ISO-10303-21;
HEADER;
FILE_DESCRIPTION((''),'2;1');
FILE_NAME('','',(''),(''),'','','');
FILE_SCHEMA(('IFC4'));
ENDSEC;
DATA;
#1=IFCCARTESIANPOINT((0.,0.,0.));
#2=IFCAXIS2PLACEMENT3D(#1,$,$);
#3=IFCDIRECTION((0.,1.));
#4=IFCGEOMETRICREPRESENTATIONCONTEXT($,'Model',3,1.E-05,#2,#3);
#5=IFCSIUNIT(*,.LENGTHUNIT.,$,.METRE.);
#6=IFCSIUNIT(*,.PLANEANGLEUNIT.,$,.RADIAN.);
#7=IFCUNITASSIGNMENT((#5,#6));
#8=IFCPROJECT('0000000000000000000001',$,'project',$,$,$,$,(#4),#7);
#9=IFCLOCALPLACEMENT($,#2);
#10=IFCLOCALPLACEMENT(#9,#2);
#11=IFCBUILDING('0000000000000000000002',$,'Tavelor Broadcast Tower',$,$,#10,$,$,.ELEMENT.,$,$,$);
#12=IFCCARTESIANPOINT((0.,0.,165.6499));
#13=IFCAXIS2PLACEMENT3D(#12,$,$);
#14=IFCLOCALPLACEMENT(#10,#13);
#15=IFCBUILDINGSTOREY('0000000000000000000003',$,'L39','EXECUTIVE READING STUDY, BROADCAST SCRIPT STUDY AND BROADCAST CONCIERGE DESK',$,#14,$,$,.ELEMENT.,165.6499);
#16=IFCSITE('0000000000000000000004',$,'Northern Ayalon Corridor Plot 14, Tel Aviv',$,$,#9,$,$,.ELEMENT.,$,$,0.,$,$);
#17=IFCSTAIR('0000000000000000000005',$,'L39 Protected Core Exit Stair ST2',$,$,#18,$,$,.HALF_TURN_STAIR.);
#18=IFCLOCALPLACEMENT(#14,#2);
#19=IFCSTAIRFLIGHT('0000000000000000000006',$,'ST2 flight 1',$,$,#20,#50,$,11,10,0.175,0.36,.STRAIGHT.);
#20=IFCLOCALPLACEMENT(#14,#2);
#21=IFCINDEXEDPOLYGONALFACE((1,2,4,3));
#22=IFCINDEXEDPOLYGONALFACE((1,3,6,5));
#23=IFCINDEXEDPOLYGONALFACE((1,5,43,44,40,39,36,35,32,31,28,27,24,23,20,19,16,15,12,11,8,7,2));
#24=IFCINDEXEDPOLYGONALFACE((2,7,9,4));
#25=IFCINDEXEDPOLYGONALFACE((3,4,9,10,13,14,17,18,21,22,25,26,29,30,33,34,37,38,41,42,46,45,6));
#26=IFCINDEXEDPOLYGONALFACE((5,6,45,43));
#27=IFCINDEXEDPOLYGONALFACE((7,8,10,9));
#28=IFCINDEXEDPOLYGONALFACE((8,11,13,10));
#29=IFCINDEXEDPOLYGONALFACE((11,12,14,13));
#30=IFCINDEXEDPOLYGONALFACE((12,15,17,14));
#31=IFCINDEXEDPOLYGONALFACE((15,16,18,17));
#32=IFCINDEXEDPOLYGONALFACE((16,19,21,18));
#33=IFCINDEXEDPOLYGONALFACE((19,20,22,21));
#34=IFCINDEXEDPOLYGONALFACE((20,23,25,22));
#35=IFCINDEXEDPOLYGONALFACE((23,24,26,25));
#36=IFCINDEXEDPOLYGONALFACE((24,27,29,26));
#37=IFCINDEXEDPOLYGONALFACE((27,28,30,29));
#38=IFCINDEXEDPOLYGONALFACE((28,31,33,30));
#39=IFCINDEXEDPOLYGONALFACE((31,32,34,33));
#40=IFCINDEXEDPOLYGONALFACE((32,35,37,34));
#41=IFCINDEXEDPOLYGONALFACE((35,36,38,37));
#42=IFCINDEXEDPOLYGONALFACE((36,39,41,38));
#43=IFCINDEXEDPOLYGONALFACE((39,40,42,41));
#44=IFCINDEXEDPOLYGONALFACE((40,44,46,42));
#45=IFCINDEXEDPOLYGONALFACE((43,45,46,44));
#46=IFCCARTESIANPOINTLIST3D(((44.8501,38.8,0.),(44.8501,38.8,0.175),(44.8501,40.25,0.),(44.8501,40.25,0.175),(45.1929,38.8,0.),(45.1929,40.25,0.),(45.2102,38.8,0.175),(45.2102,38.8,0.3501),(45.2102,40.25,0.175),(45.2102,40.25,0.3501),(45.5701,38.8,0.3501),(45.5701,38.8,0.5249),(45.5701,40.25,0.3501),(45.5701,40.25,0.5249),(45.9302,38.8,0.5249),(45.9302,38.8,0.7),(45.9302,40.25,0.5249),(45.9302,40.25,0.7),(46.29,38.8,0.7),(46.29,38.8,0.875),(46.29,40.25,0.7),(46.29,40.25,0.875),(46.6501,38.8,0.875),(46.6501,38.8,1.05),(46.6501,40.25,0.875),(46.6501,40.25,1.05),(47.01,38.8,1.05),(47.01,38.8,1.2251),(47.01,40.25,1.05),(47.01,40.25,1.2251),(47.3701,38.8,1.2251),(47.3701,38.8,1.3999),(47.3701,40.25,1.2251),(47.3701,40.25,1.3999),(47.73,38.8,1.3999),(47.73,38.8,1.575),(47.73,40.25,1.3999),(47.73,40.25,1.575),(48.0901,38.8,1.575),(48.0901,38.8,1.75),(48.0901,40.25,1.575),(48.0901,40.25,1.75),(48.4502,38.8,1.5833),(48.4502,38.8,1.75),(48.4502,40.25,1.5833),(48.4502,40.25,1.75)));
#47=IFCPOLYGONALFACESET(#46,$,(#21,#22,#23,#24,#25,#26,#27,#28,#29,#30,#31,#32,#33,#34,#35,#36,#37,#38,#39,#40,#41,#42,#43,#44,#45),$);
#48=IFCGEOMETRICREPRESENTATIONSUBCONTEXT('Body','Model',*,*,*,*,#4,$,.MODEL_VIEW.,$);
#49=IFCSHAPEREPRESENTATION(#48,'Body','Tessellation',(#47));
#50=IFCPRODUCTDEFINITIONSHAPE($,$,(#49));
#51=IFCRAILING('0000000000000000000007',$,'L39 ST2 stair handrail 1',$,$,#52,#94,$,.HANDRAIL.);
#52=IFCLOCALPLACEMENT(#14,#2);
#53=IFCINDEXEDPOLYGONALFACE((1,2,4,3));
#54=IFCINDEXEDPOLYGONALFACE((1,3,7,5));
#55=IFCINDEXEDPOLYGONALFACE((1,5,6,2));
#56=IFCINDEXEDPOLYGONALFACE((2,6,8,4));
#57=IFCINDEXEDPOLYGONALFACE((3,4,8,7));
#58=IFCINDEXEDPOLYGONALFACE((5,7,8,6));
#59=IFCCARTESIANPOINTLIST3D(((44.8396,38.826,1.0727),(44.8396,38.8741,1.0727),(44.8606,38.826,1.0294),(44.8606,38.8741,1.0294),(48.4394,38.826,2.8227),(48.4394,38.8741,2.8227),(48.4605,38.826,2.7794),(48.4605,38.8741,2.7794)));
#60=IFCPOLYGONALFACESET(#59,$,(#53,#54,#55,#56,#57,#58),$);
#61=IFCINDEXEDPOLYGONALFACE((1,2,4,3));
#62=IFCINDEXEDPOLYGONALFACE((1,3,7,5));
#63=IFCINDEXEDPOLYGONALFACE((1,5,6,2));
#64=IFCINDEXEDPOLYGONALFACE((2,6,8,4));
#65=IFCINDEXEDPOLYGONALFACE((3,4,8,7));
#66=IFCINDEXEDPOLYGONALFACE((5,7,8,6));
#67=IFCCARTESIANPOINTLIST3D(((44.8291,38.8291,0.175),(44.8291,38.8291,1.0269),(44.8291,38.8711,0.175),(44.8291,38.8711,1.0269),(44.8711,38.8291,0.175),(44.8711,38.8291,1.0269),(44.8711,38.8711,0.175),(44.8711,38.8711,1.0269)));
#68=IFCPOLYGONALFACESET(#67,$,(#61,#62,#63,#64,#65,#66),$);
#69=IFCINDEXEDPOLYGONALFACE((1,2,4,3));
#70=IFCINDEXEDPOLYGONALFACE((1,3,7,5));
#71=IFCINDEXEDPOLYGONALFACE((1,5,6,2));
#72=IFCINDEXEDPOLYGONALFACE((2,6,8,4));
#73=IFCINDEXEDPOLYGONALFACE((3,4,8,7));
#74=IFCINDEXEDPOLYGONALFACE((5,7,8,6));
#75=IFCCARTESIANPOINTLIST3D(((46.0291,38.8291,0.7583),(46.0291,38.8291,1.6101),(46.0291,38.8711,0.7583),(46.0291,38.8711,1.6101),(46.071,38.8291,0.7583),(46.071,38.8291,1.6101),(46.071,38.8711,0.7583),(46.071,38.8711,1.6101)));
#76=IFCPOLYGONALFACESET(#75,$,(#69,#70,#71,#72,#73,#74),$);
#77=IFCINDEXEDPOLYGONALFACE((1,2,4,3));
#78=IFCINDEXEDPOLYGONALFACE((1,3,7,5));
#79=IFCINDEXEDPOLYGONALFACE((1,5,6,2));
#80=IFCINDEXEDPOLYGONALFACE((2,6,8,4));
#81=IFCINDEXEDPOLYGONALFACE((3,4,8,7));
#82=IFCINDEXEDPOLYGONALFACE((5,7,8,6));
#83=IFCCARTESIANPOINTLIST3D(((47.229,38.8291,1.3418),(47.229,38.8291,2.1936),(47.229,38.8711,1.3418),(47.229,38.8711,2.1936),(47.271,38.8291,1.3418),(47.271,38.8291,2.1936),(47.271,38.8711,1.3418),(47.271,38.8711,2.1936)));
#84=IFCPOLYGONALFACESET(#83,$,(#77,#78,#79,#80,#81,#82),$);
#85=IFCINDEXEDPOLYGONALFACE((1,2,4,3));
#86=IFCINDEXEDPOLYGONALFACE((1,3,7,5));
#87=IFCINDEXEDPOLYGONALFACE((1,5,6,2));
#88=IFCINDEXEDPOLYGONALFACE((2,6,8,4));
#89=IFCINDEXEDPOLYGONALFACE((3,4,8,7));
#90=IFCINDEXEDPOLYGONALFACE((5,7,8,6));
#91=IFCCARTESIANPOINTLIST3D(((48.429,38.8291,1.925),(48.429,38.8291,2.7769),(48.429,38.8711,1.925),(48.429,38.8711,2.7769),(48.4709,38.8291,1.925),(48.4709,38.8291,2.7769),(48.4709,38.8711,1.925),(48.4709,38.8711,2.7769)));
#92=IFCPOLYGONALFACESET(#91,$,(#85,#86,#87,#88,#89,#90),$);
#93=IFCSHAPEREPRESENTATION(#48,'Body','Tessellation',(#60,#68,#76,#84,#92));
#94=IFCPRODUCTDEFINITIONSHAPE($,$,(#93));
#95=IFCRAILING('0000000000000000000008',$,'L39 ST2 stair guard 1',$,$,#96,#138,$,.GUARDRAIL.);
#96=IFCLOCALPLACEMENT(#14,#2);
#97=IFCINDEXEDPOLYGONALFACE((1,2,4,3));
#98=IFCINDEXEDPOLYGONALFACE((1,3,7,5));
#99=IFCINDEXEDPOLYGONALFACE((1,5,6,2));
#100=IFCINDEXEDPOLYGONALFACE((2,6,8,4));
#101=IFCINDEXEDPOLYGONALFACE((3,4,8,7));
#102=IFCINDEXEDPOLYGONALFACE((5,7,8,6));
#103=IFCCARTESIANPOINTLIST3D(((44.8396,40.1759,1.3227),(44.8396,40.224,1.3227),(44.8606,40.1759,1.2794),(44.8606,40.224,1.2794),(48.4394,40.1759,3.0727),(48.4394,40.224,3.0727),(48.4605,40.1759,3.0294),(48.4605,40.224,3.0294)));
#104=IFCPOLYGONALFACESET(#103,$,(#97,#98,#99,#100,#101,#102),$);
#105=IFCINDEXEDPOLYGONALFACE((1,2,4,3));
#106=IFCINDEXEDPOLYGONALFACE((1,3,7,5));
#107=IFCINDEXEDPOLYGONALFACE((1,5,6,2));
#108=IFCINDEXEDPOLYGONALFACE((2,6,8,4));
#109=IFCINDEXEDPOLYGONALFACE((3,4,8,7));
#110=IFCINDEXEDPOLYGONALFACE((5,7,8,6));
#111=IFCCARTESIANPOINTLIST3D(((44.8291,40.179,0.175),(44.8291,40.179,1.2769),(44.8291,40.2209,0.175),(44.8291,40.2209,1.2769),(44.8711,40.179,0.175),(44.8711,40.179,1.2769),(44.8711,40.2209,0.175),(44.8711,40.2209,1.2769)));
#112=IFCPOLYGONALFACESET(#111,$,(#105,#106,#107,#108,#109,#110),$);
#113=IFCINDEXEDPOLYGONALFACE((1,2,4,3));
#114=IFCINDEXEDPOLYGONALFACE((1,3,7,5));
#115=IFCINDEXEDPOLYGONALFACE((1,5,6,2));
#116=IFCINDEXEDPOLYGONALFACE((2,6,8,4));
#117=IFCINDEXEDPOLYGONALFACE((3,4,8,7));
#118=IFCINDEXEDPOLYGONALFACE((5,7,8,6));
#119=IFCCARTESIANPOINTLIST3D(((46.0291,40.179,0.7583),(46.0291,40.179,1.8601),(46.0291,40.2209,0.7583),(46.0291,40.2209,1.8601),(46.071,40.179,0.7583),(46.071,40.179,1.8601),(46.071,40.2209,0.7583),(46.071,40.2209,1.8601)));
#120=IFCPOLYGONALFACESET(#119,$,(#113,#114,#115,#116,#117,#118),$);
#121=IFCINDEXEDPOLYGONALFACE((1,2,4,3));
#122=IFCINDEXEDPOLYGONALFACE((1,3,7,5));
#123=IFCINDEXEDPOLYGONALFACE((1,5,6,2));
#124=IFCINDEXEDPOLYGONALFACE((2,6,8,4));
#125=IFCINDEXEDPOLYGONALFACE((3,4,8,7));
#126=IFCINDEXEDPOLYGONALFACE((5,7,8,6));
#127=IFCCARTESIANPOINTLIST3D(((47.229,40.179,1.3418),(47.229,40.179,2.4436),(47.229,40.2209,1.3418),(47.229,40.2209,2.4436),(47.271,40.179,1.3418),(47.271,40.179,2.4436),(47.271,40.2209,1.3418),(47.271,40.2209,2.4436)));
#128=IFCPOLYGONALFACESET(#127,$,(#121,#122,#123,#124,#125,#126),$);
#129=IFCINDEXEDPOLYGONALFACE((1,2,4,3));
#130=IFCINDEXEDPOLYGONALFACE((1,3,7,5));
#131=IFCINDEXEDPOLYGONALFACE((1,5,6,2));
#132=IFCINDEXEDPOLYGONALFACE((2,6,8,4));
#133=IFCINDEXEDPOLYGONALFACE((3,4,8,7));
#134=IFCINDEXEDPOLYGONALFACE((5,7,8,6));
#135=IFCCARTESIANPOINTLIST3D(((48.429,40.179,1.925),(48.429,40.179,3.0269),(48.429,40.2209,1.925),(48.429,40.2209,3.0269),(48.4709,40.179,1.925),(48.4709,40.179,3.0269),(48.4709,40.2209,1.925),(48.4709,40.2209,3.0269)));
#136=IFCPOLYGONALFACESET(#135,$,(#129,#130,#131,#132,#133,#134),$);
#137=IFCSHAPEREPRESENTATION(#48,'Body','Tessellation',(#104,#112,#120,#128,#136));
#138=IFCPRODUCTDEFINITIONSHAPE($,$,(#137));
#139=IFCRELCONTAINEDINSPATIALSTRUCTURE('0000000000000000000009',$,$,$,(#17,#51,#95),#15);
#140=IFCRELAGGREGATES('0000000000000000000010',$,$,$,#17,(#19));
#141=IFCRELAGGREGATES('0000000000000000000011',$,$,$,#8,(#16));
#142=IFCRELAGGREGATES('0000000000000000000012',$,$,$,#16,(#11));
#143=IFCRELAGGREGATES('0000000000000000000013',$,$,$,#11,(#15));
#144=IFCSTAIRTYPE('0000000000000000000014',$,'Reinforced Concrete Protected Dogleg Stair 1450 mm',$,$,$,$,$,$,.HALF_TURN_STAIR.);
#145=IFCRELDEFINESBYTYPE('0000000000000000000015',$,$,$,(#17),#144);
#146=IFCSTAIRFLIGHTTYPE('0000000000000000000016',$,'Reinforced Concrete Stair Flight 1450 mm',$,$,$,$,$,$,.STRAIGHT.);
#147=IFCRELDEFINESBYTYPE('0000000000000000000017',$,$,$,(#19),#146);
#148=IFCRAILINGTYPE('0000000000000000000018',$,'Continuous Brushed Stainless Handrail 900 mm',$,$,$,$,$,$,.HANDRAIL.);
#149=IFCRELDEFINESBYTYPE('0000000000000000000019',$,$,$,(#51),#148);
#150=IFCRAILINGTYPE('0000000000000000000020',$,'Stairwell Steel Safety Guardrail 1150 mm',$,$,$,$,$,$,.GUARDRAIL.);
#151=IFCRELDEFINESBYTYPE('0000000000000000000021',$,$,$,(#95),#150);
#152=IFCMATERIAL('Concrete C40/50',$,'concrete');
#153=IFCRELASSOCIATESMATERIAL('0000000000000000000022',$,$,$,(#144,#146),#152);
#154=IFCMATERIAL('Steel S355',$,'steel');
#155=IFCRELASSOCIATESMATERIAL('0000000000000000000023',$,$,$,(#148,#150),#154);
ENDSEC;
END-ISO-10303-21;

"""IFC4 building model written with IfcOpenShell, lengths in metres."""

from ifc_helpers import new_model, si_unit, direction, frame, origin, origin_2d, place, context, subcontext, project, spatial, polyline, rectangle, outline, extrude, material, type_object, element, aggregate, save


model = new_model("IFC4")

# Units and contexts
model_context = context("Model", 3, precision=1e-05, world=origin(), true_north=direction((0.0, 1.0)))
body_context = subcontext(model_context, "Body", "Model", "MODEL_VIEW")
ifc_project = project(units=[si_unit("LENGTHUNIT", "METRE"), si_unit("PLANEANGLEUNIT", "RADIAN")], contexts=[model_context])

# Site, building, storey
site_placement = place(None, origin())
site = spatial("IfcSite", under=ifc_project, at=site_placement, Name="Northern Ayalon Corridor Plot 14, Tel Aviv", CompositionType="ELEMENT", RefElevation=0.0)
building_placement = place(site_placement, origin())
building = spatial("IfcBuilding", under=site, at=building_placement, Name="Tavelor Broadcast Tower", CompositionType="ELEMENT")
storey_placement = place(building_placement, frame((0.0, 0.0, 165.6499)))
storey = spatial("IfcBuildingStorey", under=building, at=storey_placement, Name="L39", Description="EXECUTIVE READING STUDY, BROADCAST SCRIPT STUDY AND BROADCAST CONCIERGE DESK", CompositionType="ELEMENT", Elevation=165.6499)

# Shared definitions
ifc_material_1 = material(Name="Concrete C40/50", Category="concrete")
ifc_material_2 = material(Name="Steel S355", Category="steel")

# Stair, stair flight
stair_type = type_object("IfcStairType", Name="Reinforced Concrete Protected Dogleg Stair 1450 mm", PredefinedType="HALF_TURN_STAIR", material=ifc_material_1)
stair_placement = place(storey_placement, origin())
stair = element("IfcStair", 1, at=stair_placement, inside=storey, type_object=stair_type, Name="L39 Protected Core Exit Stair ST2", PredefinedType="HALF_TURN_STAIR")
stair_flight_type = type_object("IfcStairFlightType", Name="Reinforced Concrete Stair Flight 1450 mm", PredefinedType="STRAIGHT", material=ifc_material_1)
stair_flight_placement = place(storey_placement, frame((44.8501, 39.5249, 0.0), z_axis=(0.0, 0.0, 1.0), x_axis=(1.0, 0.0, 0.0)))
stair_flight = element("IfcStairFlight", 2, at=stair_flight_placement, type_object=stair_flight_type, Name="ST2 flight 1", NumberOfRisers=11, NumberOfTreads=10, PredefinedType="STRAIGHT", RiserHeight=0.175, TreadLength=0.36, context=body_context, shape_type="SweptSolid", body=[
    extrude(outline(polyline([(0.0, 0.0), (0.0, 0.175), (0.3601, 0.175), (0.3601, 0.3501), (0.72, 0.3501), (0.72, 0.5249), (1.0801, 0.5249), (1.0801, 0.7), (1.4399, 0.7), (1.4399, 0.875), (1.8, 0.875), (1.8, 1.05), (2.1599, 1.05), (2.1599, 1.2251), (2.52, 1.2251), (2.52, 1.3999), (2.8799, 1.3999), (2.8799, 1.575), (3.24, 1.575), (3.24, 1.75), (3.6001, 1.75), (3.6001, 1.925), (3.6001, 1.5833), (0.3428, 0.0), (0.0, 0.0)])), frame((0.0, 0.7251, 0.0), z_axis=(0.0, -1.0, 0.0), x_axis=(1.0, 0.0, 0.0)), (0.0, 0.0, 1.0), 1.45),
])
aggregate(stair, [stair_flight])

# Railings
railing_type_1 = type_object("IfcRailingType", Name="Continuous Brushed Stainless Handrail 900 mm", PredefinedType="HANDRAIL", material=ifc_material_2)
railing_1_placement = place(storey_placement, frame((44.8501, 38.8501, 0.175)))
element("IfcRailing", 3, at=railing_1_placement, inside=storey, type_object=railing_type_1, Name="L39 ST2 stair handrail 1", PredefinedType="HANDRAIL", context=body_context, shape_type="SweptSolid", body=[
    extrude(rectangle(XDim=0.0481, YDim=0.0481, at=origin_2d()), frame((0.0, 0.0, 0.876), z_axis=(0.899361, 0.0, 0.437207), x_axis=(0.0, 1.0, 0.0)), (0.0, 0.0, 1.0), 4.0027),
    extrude(rectangle(XDim=0.042, YDim=0.042, at=origin_2d()), origin(), (0.0, 0.0, 1.0), 0.8518),
    extrude(rectangle(XDim=0.042, YDim=0.042, at=origin_2d()), frame((1.2, 0.0, 0.5833)), (0.0, 0.0, 1.0), 0.8518),
    extrude(rectangle(XDim=0.042, YDim=0.042, at=origin_2d()), frame((2.3999, 0.0, 1.1667)), (0.0, 0.0, 1.0), 0.8518),
    extrude(rectangle(XDim=0.042, YDim=0.042, at=origin_2d()), frame((3.5999, 0.0, 1.75)), (0.0, 0.0, 1.0), 0.8518),
])
railing_type_2 = type_object("IfcRailingType", Name="Stairwell Steel Safety Guardrail 1150 mm", PredefinedType="GUARDRAIL", material=ifc_material_2)
railing_2_placement = place(storey_placement, frame((44.8501, 40.2, 0.175)))
element("IfcRailing", 4, at=railing_2_placement, inside=storey, type_object=railing_type_2, Name="L39 ST2 stair guard 1", PredefinedType="GUARDRAIL", context=body_context, shape_type="SweptSolid", body=[
    extrude(rectangle(XDim=0.0481, YDim=0.0481, at=origin_2d()), frame((0.0, 0.0, 1.126), z_axis=(0.899361, 0.0, 0.437207), x_axis=(0.0, 1.0, 0.0)), (0.0, 0.0, 1.0), 4.0027),
    extrude(rectangle(XDim=0.042, YDim=0.042, at=origin_2d()), origin(), (0.0, 0.0, 1.0), 1.1018),
    extrude(rectangle(XDim=0.042, YDim=0.042, at=origin_2d()), frame((1.2, 0.0, 0.5833)), (0.0, 0.0, 1.0), 1.1018),
    extrude(rectangle(XDim=0.042, YDim=0.042, at=origin_2d()), frame((2.3999, 0.0, 1.1667)), (0.0, 0.0, 1.0), 1.1018),
    extrude(rectangle(XDim=0.042, YDim=0.042, at=origin_2d()), frame((3.5999, 0.0, 1.75)), (0.0, 0.0, 1.0), 1.1018),
])

save(model, "model.ifc")
